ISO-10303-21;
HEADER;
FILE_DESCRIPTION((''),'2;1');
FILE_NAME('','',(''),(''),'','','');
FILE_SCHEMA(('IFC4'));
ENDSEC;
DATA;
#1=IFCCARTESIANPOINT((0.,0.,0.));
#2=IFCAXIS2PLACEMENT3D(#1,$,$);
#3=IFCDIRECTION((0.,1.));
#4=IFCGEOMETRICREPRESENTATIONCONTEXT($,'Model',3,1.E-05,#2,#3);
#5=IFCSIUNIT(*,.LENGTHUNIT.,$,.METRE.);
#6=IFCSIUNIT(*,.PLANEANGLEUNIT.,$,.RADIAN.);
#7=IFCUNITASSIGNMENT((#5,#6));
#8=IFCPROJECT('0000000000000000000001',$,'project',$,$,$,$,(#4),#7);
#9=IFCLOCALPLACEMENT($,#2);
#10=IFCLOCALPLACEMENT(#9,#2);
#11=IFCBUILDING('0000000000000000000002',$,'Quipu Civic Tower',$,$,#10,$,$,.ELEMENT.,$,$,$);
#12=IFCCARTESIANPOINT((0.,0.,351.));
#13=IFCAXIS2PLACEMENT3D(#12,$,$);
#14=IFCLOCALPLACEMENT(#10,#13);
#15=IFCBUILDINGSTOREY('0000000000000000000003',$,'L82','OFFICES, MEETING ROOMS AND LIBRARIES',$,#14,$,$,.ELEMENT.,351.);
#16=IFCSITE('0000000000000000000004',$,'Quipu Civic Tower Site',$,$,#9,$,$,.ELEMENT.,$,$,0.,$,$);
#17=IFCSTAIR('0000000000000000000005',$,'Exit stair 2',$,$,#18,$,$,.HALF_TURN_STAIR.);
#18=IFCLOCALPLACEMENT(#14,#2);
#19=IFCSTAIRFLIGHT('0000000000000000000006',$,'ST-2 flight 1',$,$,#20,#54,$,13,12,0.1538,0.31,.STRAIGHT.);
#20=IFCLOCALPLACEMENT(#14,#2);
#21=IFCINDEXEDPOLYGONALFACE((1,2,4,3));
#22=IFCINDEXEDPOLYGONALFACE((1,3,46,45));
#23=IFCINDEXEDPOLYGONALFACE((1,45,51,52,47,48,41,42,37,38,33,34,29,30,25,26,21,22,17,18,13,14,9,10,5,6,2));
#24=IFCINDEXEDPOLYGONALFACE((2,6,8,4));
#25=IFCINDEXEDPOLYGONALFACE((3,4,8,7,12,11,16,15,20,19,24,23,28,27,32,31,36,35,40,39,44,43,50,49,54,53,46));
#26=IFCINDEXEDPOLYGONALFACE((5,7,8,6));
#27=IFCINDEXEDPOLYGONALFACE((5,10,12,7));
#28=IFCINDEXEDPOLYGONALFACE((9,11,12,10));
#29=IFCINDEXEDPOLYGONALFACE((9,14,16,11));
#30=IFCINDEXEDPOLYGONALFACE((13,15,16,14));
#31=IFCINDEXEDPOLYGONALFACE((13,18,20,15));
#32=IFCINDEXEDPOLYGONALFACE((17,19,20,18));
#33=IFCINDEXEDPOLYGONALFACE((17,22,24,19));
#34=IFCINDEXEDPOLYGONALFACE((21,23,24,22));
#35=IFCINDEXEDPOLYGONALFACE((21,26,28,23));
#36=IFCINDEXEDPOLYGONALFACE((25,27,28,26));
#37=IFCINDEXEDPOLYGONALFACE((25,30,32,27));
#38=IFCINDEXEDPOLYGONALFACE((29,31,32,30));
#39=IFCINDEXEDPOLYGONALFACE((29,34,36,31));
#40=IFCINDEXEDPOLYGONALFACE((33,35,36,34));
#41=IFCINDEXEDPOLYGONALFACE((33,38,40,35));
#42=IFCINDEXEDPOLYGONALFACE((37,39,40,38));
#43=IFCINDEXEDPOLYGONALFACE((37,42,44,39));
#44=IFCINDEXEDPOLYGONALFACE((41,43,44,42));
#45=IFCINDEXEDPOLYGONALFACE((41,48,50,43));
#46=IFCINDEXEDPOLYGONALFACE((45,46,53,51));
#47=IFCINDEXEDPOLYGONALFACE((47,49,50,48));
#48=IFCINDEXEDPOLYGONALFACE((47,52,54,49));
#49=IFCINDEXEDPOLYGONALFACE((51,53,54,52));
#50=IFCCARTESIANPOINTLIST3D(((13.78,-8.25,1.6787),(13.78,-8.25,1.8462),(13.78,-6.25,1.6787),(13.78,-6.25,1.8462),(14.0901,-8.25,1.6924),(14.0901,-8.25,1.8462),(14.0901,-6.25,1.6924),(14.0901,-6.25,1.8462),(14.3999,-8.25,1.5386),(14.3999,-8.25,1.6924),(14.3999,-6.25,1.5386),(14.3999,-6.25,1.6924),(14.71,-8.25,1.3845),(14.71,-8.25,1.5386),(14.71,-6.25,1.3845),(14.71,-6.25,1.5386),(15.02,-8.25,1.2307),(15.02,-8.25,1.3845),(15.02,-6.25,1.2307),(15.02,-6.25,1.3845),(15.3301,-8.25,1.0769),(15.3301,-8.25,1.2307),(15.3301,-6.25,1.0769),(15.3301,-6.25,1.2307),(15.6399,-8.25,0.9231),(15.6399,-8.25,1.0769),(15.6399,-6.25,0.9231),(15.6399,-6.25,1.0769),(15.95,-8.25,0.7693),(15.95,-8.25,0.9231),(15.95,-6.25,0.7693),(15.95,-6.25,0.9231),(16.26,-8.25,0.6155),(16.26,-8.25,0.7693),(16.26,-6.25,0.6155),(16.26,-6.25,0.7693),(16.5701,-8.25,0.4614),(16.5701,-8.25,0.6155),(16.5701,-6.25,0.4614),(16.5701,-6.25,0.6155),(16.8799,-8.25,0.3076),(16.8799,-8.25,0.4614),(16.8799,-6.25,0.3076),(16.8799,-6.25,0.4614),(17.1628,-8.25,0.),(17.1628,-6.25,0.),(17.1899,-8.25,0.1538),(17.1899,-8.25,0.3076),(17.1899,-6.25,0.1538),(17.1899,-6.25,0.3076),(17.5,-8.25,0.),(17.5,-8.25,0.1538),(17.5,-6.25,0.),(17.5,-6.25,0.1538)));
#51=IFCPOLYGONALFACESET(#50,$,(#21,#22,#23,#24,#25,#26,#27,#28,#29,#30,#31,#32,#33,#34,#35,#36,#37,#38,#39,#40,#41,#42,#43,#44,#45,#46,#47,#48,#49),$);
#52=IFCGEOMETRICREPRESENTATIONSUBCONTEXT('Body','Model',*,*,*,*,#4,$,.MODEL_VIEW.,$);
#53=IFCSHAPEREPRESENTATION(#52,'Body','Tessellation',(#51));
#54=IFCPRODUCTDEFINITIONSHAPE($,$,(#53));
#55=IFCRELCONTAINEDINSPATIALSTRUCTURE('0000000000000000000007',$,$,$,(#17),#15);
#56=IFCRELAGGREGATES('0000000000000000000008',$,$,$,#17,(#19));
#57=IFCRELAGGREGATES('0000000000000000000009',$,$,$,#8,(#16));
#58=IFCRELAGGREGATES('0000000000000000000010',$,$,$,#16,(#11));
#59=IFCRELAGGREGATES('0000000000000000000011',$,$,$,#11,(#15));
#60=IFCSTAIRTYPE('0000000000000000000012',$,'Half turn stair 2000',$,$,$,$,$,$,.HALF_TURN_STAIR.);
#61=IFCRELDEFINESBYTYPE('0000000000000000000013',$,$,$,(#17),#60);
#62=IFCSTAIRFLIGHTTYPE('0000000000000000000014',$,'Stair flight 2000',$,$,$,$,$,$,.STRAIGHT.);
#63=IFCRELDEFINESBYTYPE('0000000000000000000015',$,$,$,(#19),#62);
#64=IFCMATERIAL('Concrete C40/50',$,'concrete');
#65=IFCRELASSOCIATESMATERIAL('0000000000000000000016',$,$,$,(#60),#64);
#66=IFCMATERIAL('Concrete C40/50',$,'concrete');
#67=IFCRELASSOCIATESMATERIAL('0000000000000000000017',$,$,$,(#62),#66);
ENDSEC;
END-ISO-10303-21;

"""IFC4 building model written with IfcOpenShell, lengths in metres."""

from ifc_helpers import new_model, si_unit, direction, frame, origin, place, context, subcontext, project, spatial, polyline, outline, extrude, material, type_object, element, aggregate, save


model = new_model("IFC4")

# Units and contexts
model_context = context("Model", 3, precision=1e-05, world=origin(), true_north=direction((0.0, 1.0)))
body_context = subcontext(model_context, "Body", "Model", "MODEL_VIEW")
ifc_project = project(units=[si_unit("LENGTHUNIT", "METRE"), si_unit("PLANEANGLEUNIT", "RADIAN")], contexts=[model_context])

# Site, building, storey
site_placement = place(None, origin())
site = spatial("IfcSite", under=ifc_project, at=site_placement, Name="Quipu Civic Tower Site", CompositionType="ELEMENT", RefElevation=0.0)
building_placement = place(site_placement, origin())
building = spatial("IfcBuilding", under=site, at=building_placement, Name="Quipu Civic Tower", CompositionType="ELEMENT")
storey_placement = place(building_placement, frame((0.0, 0.0, 351.0)))
storey = spatial("IfcBuildingStorey", under=building, at=storey_placement, Name="L82", Description="OFFICES, MEETING ROOMS AND LIBRARIES", CompositionType="ELEMENT", Elevation=351.0)

# Stair, stair flight
ifc_material_1 = material(Name="Concrete C40/50", Category="concrete")
stair_type = type_object("IfcStairType", Name="Half turn stair 2000", PredefinedType="HALF_TURN_STAIR", material=ifc_material_1)
stair_placement = place(storey_placement, origin())
stair = element("IfcStair", 1, at=stair_placement, inside=storey, type_object=stair_type, Name="Exit stair 2", PredefinedType="HALF_TURN_STAIR")
ifc_material_2 = material(Name="Concrete C40/50", Category="concrete")
stair_flight_type = type_object("IfcStairFlightType", Name="Stair flight 2000", PredefinedType="STRAIGHT", material=ifc_material_2)
stair_flight_placement = place(storey_placement, frame((17.5, -7.25, 0.0), z_axis=(0.0, 0.0, 1.0), x_axis=(-1.0, 0.0, 0.0)))
stair_flight = element("IfcStairFlight", 2, at=stair_flight_placement, type_object=stair_flight_type, Name="ST-2 flight 1", NumberOfRisers=13, NumberOfTreads=12, PredefinedType="STRAIGHT", RiserHeight=0.1538, TreadLength=0.31, context=body_context, shape_type="SweptSolid", body=[
    extrude(outline(polyline([(0.0, 0.0), (0.0, 0.1538), (0.3101, 0.1538), (0.3101, 0.3076), (0.6201, 0.3076), (0.6201, 0.4614), (0.9299, 0.4614), (0.9299, 0.6155), (1.24, 0.6155), (1.24, 0.7693), (1.55, 0.7693), (1.55, 0.9231), (1.8601, 0.9231), (1.8601, 1.0769), (2.1699, 1.0769), (2.1699, 1.2307), (2.48, 1.2307), (2.48, 1.3845), (2.79, 1.3845), (2.79, 1.5386), (3.1001, 1.5386), (3.1001, 1.6924), (3.4099, 1.6924), (3.4099, 1.8462), (3.72, 1.8462), (3.72, 2.0), (3.72, 1.6787), (0.3372, 0.0), (0.0, 0.0)])), frame((0.0, 1.0, 0.0), z_axis=(0.0, -1.0, 0.0), x_axis=(1.0, 0.0, 0.0)), (0.0, 0.0, 1.0), 2.0),
])
aggregate(stair, [stair_flight])

save(model, "model.ifc")
